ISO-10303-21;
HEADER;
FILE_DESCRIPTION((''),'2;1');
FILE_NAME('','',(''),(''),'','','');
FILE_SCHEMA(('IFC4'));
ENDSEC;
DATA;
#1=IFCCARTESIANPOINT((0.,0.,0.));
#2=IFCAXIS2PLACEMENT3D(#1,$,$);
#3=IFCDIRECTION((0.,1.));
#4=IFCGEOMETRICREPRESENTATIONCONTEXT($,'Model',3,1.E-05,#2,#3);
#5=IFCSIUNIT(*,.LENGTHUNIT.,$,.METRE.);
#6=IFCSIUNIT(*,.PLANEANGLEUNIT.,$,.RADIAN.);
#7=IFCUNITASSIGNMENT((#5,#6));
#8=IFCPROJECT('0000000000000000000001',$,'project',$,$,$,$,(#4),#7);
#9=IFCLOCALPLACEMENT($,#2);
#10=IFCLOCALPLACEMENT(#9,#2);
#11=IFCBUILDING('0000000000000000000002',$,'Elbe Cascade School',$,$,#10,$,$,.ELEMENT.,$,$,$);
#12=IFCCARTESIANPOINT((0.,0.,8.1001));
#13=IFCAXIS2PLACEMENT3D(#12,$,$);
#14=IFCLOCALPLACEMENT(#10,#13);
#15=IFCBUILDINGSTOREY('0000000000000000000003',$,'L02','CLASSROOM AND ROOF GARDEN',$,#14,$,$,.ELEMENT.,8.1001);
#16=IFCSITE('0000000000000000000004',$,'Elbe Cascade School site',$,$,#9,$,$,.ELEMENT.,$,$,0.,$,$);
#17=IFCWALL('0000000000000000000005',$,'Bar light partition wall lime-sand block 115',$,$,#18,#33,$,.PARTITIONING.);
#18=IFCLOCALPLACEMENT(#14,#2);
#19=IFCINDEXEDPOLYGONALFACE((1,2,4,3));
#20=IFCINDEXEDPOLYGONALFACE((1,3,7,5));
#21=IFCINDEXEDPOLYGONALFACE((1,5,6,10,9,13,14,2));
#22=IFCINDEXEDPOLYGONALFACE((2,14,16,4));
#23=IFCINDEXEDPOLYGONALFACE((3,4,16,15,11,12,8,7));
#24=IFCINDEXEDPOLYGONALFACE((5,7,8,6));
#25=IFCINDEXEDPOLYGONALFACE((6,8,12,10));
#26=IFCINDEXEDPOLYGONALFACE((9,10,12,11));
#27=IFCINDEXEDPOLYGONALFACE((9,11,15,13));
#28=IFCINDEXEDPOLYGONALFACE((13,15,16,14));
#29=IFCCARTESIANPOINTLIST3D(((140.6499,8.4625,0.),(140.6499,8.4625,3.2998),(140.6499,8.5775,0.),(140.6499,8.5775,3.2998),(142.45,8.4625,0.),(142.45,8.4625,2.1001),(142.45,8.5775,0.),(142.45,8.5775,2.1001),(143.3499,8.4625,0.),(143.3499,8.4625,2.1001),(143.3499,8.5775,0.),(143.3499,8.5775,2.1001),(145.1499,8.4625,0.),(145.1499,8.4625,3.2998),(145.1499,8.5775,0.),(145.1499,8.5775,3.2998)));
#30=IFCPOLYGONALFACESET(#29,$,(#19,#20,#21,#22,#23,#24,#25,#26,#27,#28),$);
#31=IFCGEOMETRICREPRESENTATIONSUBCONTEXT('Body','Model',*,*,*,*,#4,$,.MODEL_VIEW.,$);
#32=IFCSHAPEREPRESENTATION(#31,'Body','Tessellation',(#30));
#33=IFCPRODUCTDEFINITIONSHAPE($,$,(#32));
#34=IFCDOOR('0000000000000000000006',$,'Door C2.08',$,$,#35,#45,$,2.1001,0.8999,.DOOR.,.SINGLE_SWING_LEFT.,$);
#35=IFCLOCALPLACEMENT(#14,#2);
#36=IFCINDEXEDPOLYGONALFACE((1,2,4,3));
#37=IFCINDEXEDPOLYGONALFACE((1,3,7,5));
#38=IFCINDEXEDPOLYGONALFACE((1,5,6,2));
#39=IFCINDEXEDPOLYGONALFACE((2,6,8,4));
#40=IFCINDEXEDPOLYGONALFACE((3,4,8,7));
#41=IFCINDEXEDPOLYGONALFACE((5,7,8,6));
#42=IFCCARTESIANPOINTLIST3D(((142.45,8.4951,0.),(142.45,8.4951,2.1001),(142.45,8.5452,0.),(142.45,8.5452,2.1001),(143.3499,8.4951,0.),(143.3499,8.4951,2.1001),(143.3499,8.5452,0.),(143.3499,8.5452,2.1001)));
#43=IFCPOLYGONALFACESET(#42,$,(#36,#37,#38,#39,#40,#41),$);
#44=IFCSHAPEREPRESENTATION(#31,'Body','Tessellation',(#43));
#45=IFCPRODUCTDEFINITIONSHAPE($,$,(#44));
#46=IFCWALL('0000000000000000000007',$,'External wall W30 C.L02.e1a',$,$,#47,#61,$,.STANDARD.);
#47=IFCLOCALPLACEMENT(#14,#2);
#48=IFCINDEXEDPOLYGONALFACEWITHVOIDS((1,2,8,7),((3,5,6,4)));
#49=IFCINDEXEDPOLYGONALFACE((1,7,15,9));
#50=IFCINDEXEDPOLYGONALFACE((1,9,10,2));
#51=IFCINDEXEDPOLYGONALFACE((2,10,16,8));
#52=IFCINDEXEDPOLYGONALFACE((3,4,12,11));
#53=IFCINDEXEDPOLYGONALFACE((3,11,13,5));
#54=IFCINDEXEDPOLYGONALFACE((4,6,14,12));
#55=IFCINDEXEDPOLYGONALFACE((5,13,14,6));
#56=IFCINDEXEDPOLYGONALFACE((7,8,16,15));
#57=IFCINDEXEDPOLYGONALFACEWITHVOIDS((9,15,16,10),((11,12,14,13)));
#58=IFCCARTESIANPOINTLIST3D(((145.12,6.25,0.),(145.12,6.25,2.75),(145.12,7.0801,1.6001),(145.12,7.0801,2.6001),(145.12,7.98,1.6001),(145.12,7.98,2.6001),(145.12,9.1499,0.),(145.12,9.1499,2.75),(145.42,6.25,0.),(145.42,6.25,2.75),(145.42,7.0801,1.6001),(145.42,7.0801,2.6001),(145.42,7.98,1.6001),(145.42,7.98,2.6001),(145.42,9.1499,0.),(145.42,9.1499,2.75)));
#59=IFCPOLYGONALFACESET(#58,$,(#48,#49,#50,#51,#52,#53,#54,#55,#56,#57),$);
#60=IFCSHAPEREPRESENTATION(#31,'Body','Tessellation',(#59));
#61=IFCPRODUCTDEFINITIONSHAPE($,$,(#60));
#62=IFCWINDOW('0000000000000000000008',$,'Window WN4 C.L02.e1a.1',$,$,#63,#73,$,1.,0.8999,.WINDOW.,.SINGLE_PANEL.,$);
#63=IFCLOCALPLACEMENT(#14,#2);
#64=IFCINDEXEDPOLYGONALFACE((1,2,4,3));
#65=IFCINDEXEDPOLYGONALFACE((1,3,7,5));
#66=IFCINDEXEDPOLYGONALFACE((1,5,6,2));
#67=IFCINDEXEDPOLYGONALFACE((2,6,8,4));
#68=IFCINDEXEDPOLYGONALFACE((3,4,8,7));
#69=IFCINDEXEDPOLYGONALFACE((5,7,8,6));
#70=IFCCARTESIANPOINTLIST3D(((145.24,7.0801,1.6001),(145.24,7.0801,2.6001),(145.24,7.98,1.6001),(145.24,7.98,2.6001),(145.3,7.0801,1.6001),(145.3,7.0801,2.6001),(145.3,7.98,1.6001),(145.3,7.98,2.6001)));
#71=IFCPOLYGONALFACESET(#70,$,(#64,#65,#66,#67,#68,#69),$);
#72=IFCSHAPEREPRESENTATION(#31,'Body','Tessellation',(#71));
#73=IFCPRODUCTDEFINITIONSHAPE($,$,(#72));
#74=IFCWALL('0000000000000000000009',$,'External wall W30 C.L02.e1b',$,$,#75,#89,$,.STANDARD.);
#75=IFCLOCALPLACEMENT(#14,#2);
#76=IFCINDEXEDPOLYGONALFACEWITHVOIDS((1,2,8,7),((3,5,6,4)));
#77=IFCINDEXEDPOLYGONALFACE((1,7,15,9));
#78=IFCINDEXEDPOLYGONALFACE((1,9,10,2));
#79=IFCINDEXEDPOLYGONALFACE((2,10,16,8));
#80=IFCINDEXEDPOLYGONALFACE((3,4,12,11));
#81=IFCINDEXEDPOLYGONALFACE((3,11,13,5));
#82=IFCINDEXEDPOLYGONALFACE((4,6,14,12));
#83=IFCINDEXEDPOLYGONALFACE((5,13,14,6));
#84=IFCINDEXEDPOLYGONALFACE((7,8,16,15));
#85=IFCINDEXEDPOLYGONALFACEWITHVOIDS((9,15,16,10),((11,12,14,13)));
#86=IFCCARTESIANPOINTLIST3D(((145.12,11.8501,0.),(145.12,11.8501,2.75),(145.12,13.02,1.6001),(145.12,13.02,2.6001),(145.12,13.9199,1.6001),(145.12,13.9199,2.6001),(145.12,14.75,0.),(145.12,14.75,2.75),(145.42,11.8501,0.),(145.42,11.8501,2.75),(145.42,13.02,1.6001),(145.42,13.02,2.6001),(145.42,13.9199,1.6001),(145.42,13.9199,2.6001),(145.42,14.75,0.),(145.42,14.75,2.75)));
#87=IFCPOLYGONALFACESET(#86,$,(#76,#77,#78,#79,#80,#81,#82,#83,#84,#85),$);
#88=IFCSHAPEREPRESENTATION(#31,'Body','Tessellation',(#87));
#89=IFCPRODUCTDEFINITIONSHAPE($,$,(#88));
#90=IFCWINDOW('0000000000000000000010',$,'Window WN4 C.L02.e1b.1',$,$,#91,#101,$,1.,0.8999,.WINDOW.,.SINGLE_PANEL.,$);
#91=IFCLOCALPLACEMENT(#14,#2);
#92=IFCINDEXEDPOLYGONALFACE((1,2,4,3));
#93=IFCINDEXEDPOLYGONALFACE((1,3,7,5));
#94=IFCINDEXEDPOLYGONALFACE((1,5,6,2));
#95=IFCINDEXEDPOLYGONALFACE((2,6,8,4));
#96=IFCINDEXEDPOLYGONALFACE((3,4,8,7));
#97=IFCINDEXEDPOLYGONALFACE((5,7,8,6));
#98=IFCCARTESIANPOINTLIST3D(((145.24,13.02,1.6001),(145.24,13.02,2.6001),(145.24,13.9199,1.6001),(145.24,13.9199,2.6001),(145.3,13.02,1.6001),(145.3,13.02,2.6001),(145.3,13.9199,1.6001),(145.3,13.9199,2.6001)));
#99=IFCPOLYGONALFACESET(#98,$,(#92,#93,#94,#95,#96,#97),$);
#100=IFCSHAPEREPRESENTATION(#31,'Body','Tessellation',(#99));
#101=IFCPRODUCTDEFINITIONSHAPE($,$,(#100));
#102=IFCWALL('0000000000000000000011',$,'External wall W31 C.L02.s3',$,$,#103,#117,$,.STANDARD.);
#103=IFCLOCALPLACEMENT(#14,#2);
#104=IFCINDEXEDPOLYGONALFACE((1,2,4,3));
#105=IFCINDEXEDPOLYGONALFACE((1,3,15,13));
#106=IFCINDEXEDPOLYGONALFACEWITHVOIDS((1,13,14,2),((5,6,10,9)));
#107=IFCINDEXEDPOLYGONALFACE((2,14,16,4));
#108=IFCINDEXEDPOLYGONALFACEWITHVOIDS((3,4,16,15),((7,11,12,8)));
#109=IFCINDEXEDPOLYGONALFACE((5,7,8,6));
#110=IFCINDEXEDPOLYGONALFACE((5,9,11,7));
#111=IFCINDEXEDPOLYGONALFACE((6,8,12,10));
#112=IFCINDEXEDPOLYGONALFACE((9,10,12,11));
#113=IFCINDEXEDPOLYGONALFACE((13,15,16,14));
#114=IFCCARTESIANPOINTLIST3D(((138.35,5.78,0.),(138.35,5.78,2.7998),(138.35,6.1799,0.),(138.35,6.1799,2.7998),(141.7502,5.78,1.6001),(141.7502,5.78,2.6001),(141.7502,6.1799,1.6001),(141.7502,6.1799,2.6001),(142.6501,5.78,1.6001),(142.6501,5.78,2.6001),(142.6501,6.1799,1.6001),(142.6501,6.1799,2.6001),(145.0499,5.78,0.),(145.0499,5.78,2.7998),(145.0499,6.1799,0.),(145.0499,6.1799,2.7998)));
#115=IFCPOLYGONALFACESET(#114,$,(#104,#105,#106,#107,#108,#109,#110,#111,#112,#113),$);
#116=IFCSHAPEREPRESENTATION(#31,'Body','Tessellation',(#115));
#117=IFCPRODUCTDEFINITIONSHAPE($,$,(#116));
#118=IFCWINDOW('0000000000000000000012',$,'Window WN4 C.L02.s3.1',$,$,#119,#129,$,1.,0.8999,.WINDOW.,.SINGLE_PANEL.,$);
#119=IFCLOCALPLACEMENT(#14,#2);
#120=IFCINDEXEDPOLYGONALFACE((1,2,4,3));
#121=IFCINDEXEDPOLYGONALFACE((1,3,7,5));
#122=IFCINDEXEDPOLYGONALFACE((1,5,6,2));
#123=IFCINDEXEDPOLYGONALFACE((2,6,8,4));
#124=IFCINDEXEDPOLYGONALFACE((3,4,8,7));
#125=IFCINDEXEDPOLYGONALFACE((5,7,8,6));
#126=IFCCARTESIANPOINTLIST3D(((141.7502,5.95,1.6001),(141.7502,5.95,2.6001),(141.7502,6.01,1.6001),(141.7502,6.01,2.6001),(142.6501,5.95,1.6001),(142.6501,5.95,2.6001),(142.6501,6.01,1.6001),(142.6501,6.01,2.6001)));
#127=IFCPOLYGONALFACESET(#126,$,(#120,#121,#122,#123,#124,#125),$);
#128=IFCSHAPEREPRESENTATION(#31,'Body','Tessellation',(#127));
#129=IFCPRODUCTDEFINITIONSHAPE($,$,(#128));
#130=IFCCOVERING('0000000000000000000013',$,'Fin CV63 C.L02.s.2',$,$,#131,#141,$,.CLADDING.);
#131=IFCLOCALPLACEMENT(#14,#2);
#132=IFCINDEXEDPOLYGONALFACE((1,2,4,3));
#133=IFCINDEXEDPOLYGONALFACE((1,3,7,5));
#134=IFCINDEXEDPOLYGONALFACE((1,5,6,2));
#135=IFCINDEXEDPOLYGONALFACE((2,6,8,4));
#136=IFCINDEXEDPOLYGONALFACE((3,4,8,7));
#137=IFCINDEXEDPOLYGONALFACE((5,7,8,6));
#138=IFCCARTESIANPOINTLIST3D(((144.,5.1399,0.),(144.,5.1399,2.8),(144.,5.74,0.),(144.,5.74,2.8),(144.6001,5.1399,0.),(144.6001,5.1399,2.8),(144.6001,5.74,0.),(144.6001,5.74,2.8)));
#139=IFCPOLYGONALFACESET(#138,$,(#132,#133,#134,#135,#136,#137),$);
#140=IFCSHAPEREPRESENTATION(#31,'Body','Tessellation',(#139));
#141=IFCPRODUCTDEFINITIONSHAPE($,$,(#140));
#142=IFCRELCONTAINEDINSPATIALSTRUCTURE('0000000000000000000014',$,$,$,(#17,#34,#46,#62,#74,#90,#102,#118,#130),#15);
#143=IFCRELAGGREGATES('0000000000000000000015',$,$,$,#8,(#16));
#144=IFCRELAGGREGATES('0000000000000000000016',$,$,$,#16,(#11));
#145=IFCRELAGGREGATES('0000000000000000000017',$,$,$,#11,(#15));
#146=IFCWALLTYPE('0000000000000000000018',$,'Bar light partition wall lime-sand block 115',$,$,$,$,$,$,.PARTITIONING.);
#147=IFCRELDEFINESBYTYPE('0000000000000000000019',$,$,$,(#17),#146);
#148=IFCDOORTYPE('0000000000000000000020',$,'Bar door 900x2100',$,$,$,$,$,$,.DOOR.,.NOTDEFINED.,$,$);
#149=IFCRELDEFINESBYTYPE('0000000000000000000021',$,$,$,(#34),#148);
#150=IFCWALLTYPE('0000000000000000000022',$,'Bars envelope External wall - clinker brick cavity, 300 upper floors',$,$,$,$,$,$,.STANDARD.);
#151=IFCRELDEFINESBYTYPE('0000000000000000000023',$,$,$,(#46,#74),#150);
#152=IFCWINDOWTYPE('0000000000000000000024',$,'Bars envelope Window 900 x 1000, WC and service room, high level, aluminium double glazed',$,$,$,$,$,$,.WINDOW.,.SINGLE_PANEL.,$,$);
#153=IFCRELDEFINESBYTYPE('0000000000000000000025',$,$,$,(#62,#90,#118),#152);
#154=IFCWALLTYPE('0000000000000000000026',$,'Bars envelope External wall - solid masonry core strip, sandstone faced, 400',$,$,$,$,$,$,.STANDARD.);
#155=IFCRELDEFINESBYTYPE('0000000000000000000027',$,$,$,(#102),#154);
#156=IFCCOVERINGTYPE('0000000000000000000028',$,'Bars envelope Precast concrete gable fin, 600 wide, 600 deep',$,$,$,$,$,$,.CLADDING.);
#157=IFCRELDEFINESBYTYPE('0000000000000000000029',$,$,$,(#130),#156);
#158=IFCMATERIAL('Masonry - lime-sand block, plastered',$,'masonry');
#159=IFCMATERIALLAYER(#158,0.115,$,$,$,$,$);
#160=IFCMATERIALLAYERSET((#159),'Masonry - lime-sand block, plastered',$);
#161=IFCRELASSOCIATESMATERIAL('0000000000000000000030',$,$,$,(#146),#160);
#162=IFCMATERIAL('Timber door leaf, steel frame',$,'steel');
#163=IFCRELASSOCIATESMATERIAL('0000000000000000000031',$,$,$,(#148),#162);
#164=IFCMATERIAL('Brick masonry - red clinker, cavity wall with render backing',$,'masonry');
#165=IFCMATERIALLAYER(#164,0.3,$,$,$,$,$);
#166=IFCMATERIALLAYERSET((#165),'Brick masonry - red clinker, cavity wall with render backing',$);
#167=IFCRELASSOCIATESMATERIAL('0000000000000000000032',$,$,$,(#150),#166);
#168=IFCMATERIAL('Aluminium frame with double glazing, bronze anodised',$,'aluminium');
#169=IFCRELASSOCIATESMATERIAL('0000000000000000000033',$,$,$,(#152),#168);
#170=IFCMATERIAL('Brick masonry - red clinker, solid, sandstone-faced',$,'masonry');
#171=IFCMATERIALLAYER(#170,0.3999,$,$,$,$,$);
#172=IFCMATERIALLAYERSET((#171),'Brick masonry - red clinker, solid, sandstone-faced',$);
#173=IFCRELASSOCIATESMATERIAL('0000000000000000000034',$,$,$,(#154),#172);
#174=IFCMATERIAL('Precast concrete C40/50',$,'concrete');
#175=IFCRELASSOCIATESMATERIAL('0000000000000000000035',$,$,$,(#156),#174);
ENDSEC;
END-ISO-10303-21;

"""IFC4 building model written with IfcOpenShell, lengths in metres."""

from ifc_helpers import new_model, si_unit, direction, frame, frame_2d, origin, origin_2d, place, context, subcontext, project, spatial, rectangle, extrude, material, layer, layer_set, type_object, element, fill, save


model = new_model("IFC4")

# Units and contexts
model_context = context("Model", 3, precision=1e-05, world=origin(), true_north=direction((0.0, 1.0)))
body_context = subcontext(model_context, "Body", "Model", "MODEL_VIEW")
ifc_project = project(units=[si_unit("LENGTHUNIT", "METRE"), si_unit("PLANEANGLEUNIT", "RADIAN")], contexts=[model_context])

# Site, building, storey
site_placement = place(None, origin())
site = spatial("IfcSite", under=ifc_project, at=site_placement, Name="Elbe Cascade School site", CompositionType="ELEMENT", RefElevation=0.0)
building_placement = place(site_placement, origin())
building = spatial("IfcBuilding", under=site, at=building_placement, Name="Elbe Cascade School", CompositionType="ELEMENT")
storey_placement = place(building_placement, frame((0.0, 0.0, 8.1001)))
storey = spatial("IfcBuildingStorey", under=building, at=storey_placement, Name="L02", Description="CLASSROOM AND ROOF GARDEN", CompositionType="ELEMENT", Elevation=8.1001)

# Wall, opening, door
ifc_material_1 = material(Name="Masonry - lime-sand block, plastered", Category="masonry")
ifc_layer_1 = layer(ifc_material_1, 0.115)
ifc_layer_set_1 = layer_set([ifc_layer_1], Name="Masonry - lime-sand block, plastered")
wall_type_1 = type_object("IfcWallType", Name="Bar light partition wall lime-sand block 115", PredefinedType="PARTITIONING", material=ifc_layer_set_1)
wall_1_placement = place(storey_placement, frame((145.1499, 8.52, 0.0), z_axis=(0.0, 0.0, 1.0), x_axis=(-1.0, 0.0, 0.0)))
wall_1 = element("IfcWall", 1, at=wall_1_placement, inside=storey, type_object=wall_type_1, Name="Bar light partition wall lime-sand block 115", PredefinedType="PARTITIONING", context=body_context, shape_type="SweptSolid", body=[
    extrude(rectangle(XDim=4.5, YDim=0.115, at=frame_2d((2.25, 0.0))), origin(), (0.0, 0.0, 1.0), 3.2998),
])
opening_1_placement = place(wall_1_placement, frame((1.8, 0.0, 0.0)))
opening_1 = element("IfcOpeningElement", 2, at=opening_1_placement, cuts=wall_1, PredefinedType="OPENING", context=body_context, shape_type="SweptSolid", body=[
    extrude(rectangle(XDim=0.8999, YDim=2.1001, at=frame_2d((0.45, 1.05))), frame((0.0, 0.0674, 0.0), z_axis=(0.0, -1.0, 0.0), x_axis=(1.0, 0.0, 0.0)), (0.0, 0.0, 1.0), 0.135),
])
ifc_material_2 = material(Name="Timber door leaf, steel frame", Category="steel")
door_type = type_object("IfcDoorType", Name="Bar door 900x2100", OperationType="NOTDEFINED", PredefinedType="DOOR", material=ifc_material_2)
door_placement = place(opening_1_placement, origin())
door = element("IfcDoor", 3, at=door_placement, inside=storey, type_object=door_type, Name="Door C2.08", OperationType="SINGLE_SWING_LEFT", OverallHeight=2.1001, OverallWidth=0.8999, PredefinedType="DOOR", context=body_context, shape_type="SweptSolid", body=[
    extrude(rectangle(XDim=0.8999, YDim=2.1001, at=frame_2d((0.45, 1.05))), frame((0.0, 0.0249, 0.0), z_axis=(0.0, -1.0, 0.0), x_axis=(1.0, 0.0, 0.0)), (0.0, 0.0, 1.0), 0.05),
])
fill(opening_1, door)

# Walls, openings, windows
ifc_material_3 = material(Name="Brick masonry - red clinker, cavity wall with render backing", Category="masonry")
ifc_layer_2 = layer(ifc_material_3, 0.3)
ifc_layer_set_2 = layer_set([ifc_layer_2], Name="Brick masonry - red clinker, cavity wall with render backing")
wall_type_2 = type_object("IfcWallType", Name="Bars envelope External wall - clinker brick cavity, 300 upper floors", PredefinedType="STANDARD", material=ifc_layer_set_2)
wall_2_placement = place(storey_placement, frame((145.27, 9.1499, 0.0), z_axis=(0.0, 0.0, 1.0), x_axis=(0.0, -1.0, 0.0)))
wall_2 = element("IfcWall", 4, at=wall_2_placement, inside=storey, type_object=wall_type_2, Name="External wall W30 C.L02.e1a", PredefinedType="STANDARD", context=body_context, shape_type="SweptSolid", body=[
    extrude(rectangle(XDim=2.8999, YDim=0.3, at=frame_2d((1.45, 0.0))), origin(), (0.0, 0.0, 1.0), 2.75),
])
opening_2_placement = place(wall_2_placement, frame((1.1699, 0.0, 1.6001)))
opening_2 = element("IfcOpeningElement", 5, at=opening_2_placement, cuts=wall_2, PredefinedType="OPENING", context=body_context, shape_type="SweptSolid", body=[
    extrude(rectangle(XDim=0.8999, YDim=1.0, at=frame_2d((0.45, 0.5))), frame((0.0, 0.1599, 0.0), z_axis=(0.0, -1.0, 0.0), x_axis=(1.0, 0.0, 0.0)), (0.0, 0.0, 1.0), 0.3201),
])
ifc_material_4 = material(Name="Aluminium frame with double glazing, bronze anodised", Category="aluminium")
window_type = type_object("IfcWindowType", Name="Bars envelope Window 900 x 1000, WC and service room, high level, aluminium double glazed", PartitioningType="SINGLE_PANEL", PredefinedType="WINDOW", material=ifc_material_4)
window_1_placement = place(opening_2_placement, origin())
window_1 = element("IfcWindow", 6, at=window_1_placement, inside=storey, type_object=window_type, Name="Window WN4 C.L02.e1a.1", OverallHeight=1.0, OverallWidth=0.8999, PartitioningType="SINGLE_PANEL", PredefinedType="WINDOW", context=body_context, shape_type="SweptSolid", body=[
    extrude(rectangle(XDim=0.8999, YDim=1.0, at=frame_2d((0.45, 0.5))), frame((0.0, 0.03, 0.0), z_axis=(0.0, -1.0, 0.0), x_axis=(1.0, 0.0, 0.0)), (0.0, 0.0, 1.0), 0.0601),
])
fill(opening_2, window_1)
wall_3_placement = place(storey_placement, frame((145.27, 14.75, 0.0), z_axis=(0.0, 0.0, 1.0), x_axis=(0.0, -1.0, 0.0)))
wall_3 = element("IfcWall", 7, at=wall_3_placement, inside=storey, type_object=wall_type_2, Name="External wall W30 C.L02.e1b", PredefinedType="STANDARD", context=body_context, shape_type="SweptSolid", body=[
    extrude(rectangle(XDim=2.8999, YDim=0.3, at=frame_2d((1.45, 0.0))), origin(), (0.0, 0.0, 1.0), 2.75),
])
opening_3_placement = place(wall_3_placement, frame((0.8301, 0.0, 1.6001)))
opening_3 = element("IfcOpeningElement", 8, at=opening_3_placement, cuts=wall_3, PredefinedType="OPENING", context=body_context, shape_type="SweptSolid", body=[
    extrude(rectangle(XDim=0.8999, YDim=1.0, at=frame_2d((0.45, 0.5))), frame((0.0, 0.1599, 0.0), z_axis=(0.0, -1.0, 0.0), x_axis=(1.0, 0.0, 0.0)), (0.0, 0.0, 1.0), 0.3201),
])
window_2_placement = place(opening_3_placement, origin())
window_2 = element("IfcWindow", 9, at=window_2_placement, inside=storey, type_object=window_type, Name="Window WN4 C.L02.e1b.1", OverallHeight=1.0, OverallWidth=0.8999, PartitioningType="SINGLE_PANEL", PredefinedType="WINDOW", context=body_context, shape_type="SweptSolid", body=[
    extrude(rectangle(XDim=0.8999, YDim=1.0, at=frame_2d((0.45, 0.5))), frame((0.0, 0.03, 0.0), z_axis=(0.0, -1.0, 0.0), x_axis=(1.0, 0.0, 0.0)), (0.0, 0.0, 1.0), 0.0601),
])
fill(opening_3, window_2)
ifc_material_5 = material(Name="Brick masonry - red clinker, solid, sandstone-faced", Category="masonry")
ifc_layer_3 = layer(ifc_material_5, 0.3999)
ifc_layer_set_3 = layer_set([ifc_layer_3], Name="Brick masonry - red clinker, solid, sandstone-faced")
wall_type_3 = type_object("IfcWallType", Name="Bars envelope External wall - solid masonry core strip, sandstone faced, 400", PredefinedType="STANDARD", material=ifc_layer_set_3)
wall_4_placement = place(storey_placement, frame((145.05, 5.98, 0.0), z_axis=(0.0, 0.0, 1.0), x_axis=(-1.0, 0.0, 0.0)))
wall_4 = element("IfcWall", 10, at=wall_4_placement, inside=storey, type_object=wall_type_3, Name="External wall W31 C.L02.s3", PredefinedType="STANDARD", context=body_context, shape_type="SweptSolid", body=[
    extrude(rectangle(XDim=6.7, YDim=0.3999, at=frame_2d((3.3501, 0.0))), origin(), (0.0, 0.0, 1.0), 2.7998),
])
opening_4_placement = place(wall_4_placement, frame((2.3999, 0.0, 1.6001)))
opening_4 = element("IfcOpeningElement", 11, at=opening_4_placement, cuts=wall_4, PredefinedType="OPENING", context=body_context, shape_type="SweptSolid", body=[
    extrude(rectangle(XDim=0.8999, YDim=1.0, at=frame_2d((0.45, 0.5))), frame((0.0, 0.21, 0.0), z_axis=(0.0, -1.0, 0.0), x_axis=(1.0, 0.0, 0.0)), (0.0, 0.0, 1.0), 0.4199),
])
window_3_placement = place(opening_4_placement, origin())
window_3 = element("IfcWindow", 12, at=window_3_placement, inside=storey, type_object=window_type, Name="Window WN4 C.L02.s3.1", OverallHeight=1.0, OverallWidth=0.8999, PartitioningType="SINGLE_PANEL", PredefinedType="WINDOW", context=body_context, shape_type="SweptSolid", body=[
    extrude(rectangle(XDim=0.8999, YDim=1.0, at=frame_2d((0.45, 0.5))), frame((0.0, 0.03, 0.0), z_axis=(0.0, -1.0, 0.0), x_axis=(1.0, 0.0, 0.0)), (0.0, 0.0, 1.0), 0.0601),
])
fill(opening_4, window_3)

# Covering
ifc_material_6 = material(Name="Precast concrete C40/50", Category="concrete")
covering_type = type_object("IfcCoveringType", Name="Bars envelope Precast concrete gable fin, 600 wide, 600 deep", PredefinedType="CLADDING", material=ifc_material_6)
covering_placement = place(storey_placement, frame((144.3, 5.4399, 0.0), z_axis=(0.0, 0.0, 1.0), x_axis=(1.0, 0.0, 0.0)))
element("IfcCovering", 13, at=covering_placement, inside=storey, type_object=covering_type, Name="Fin CV63 C.L02.s.2", PredefinedType="CLADDING", context=body_context, shape_type="SweptSolid", body=[
    extrude(rectangle(XDim=0.6001, YDim=0.6001, at=origin_2d()), origin(), (0.0, 0.0, 1.0), 2.8),
])

save(model, "model.ifc")
